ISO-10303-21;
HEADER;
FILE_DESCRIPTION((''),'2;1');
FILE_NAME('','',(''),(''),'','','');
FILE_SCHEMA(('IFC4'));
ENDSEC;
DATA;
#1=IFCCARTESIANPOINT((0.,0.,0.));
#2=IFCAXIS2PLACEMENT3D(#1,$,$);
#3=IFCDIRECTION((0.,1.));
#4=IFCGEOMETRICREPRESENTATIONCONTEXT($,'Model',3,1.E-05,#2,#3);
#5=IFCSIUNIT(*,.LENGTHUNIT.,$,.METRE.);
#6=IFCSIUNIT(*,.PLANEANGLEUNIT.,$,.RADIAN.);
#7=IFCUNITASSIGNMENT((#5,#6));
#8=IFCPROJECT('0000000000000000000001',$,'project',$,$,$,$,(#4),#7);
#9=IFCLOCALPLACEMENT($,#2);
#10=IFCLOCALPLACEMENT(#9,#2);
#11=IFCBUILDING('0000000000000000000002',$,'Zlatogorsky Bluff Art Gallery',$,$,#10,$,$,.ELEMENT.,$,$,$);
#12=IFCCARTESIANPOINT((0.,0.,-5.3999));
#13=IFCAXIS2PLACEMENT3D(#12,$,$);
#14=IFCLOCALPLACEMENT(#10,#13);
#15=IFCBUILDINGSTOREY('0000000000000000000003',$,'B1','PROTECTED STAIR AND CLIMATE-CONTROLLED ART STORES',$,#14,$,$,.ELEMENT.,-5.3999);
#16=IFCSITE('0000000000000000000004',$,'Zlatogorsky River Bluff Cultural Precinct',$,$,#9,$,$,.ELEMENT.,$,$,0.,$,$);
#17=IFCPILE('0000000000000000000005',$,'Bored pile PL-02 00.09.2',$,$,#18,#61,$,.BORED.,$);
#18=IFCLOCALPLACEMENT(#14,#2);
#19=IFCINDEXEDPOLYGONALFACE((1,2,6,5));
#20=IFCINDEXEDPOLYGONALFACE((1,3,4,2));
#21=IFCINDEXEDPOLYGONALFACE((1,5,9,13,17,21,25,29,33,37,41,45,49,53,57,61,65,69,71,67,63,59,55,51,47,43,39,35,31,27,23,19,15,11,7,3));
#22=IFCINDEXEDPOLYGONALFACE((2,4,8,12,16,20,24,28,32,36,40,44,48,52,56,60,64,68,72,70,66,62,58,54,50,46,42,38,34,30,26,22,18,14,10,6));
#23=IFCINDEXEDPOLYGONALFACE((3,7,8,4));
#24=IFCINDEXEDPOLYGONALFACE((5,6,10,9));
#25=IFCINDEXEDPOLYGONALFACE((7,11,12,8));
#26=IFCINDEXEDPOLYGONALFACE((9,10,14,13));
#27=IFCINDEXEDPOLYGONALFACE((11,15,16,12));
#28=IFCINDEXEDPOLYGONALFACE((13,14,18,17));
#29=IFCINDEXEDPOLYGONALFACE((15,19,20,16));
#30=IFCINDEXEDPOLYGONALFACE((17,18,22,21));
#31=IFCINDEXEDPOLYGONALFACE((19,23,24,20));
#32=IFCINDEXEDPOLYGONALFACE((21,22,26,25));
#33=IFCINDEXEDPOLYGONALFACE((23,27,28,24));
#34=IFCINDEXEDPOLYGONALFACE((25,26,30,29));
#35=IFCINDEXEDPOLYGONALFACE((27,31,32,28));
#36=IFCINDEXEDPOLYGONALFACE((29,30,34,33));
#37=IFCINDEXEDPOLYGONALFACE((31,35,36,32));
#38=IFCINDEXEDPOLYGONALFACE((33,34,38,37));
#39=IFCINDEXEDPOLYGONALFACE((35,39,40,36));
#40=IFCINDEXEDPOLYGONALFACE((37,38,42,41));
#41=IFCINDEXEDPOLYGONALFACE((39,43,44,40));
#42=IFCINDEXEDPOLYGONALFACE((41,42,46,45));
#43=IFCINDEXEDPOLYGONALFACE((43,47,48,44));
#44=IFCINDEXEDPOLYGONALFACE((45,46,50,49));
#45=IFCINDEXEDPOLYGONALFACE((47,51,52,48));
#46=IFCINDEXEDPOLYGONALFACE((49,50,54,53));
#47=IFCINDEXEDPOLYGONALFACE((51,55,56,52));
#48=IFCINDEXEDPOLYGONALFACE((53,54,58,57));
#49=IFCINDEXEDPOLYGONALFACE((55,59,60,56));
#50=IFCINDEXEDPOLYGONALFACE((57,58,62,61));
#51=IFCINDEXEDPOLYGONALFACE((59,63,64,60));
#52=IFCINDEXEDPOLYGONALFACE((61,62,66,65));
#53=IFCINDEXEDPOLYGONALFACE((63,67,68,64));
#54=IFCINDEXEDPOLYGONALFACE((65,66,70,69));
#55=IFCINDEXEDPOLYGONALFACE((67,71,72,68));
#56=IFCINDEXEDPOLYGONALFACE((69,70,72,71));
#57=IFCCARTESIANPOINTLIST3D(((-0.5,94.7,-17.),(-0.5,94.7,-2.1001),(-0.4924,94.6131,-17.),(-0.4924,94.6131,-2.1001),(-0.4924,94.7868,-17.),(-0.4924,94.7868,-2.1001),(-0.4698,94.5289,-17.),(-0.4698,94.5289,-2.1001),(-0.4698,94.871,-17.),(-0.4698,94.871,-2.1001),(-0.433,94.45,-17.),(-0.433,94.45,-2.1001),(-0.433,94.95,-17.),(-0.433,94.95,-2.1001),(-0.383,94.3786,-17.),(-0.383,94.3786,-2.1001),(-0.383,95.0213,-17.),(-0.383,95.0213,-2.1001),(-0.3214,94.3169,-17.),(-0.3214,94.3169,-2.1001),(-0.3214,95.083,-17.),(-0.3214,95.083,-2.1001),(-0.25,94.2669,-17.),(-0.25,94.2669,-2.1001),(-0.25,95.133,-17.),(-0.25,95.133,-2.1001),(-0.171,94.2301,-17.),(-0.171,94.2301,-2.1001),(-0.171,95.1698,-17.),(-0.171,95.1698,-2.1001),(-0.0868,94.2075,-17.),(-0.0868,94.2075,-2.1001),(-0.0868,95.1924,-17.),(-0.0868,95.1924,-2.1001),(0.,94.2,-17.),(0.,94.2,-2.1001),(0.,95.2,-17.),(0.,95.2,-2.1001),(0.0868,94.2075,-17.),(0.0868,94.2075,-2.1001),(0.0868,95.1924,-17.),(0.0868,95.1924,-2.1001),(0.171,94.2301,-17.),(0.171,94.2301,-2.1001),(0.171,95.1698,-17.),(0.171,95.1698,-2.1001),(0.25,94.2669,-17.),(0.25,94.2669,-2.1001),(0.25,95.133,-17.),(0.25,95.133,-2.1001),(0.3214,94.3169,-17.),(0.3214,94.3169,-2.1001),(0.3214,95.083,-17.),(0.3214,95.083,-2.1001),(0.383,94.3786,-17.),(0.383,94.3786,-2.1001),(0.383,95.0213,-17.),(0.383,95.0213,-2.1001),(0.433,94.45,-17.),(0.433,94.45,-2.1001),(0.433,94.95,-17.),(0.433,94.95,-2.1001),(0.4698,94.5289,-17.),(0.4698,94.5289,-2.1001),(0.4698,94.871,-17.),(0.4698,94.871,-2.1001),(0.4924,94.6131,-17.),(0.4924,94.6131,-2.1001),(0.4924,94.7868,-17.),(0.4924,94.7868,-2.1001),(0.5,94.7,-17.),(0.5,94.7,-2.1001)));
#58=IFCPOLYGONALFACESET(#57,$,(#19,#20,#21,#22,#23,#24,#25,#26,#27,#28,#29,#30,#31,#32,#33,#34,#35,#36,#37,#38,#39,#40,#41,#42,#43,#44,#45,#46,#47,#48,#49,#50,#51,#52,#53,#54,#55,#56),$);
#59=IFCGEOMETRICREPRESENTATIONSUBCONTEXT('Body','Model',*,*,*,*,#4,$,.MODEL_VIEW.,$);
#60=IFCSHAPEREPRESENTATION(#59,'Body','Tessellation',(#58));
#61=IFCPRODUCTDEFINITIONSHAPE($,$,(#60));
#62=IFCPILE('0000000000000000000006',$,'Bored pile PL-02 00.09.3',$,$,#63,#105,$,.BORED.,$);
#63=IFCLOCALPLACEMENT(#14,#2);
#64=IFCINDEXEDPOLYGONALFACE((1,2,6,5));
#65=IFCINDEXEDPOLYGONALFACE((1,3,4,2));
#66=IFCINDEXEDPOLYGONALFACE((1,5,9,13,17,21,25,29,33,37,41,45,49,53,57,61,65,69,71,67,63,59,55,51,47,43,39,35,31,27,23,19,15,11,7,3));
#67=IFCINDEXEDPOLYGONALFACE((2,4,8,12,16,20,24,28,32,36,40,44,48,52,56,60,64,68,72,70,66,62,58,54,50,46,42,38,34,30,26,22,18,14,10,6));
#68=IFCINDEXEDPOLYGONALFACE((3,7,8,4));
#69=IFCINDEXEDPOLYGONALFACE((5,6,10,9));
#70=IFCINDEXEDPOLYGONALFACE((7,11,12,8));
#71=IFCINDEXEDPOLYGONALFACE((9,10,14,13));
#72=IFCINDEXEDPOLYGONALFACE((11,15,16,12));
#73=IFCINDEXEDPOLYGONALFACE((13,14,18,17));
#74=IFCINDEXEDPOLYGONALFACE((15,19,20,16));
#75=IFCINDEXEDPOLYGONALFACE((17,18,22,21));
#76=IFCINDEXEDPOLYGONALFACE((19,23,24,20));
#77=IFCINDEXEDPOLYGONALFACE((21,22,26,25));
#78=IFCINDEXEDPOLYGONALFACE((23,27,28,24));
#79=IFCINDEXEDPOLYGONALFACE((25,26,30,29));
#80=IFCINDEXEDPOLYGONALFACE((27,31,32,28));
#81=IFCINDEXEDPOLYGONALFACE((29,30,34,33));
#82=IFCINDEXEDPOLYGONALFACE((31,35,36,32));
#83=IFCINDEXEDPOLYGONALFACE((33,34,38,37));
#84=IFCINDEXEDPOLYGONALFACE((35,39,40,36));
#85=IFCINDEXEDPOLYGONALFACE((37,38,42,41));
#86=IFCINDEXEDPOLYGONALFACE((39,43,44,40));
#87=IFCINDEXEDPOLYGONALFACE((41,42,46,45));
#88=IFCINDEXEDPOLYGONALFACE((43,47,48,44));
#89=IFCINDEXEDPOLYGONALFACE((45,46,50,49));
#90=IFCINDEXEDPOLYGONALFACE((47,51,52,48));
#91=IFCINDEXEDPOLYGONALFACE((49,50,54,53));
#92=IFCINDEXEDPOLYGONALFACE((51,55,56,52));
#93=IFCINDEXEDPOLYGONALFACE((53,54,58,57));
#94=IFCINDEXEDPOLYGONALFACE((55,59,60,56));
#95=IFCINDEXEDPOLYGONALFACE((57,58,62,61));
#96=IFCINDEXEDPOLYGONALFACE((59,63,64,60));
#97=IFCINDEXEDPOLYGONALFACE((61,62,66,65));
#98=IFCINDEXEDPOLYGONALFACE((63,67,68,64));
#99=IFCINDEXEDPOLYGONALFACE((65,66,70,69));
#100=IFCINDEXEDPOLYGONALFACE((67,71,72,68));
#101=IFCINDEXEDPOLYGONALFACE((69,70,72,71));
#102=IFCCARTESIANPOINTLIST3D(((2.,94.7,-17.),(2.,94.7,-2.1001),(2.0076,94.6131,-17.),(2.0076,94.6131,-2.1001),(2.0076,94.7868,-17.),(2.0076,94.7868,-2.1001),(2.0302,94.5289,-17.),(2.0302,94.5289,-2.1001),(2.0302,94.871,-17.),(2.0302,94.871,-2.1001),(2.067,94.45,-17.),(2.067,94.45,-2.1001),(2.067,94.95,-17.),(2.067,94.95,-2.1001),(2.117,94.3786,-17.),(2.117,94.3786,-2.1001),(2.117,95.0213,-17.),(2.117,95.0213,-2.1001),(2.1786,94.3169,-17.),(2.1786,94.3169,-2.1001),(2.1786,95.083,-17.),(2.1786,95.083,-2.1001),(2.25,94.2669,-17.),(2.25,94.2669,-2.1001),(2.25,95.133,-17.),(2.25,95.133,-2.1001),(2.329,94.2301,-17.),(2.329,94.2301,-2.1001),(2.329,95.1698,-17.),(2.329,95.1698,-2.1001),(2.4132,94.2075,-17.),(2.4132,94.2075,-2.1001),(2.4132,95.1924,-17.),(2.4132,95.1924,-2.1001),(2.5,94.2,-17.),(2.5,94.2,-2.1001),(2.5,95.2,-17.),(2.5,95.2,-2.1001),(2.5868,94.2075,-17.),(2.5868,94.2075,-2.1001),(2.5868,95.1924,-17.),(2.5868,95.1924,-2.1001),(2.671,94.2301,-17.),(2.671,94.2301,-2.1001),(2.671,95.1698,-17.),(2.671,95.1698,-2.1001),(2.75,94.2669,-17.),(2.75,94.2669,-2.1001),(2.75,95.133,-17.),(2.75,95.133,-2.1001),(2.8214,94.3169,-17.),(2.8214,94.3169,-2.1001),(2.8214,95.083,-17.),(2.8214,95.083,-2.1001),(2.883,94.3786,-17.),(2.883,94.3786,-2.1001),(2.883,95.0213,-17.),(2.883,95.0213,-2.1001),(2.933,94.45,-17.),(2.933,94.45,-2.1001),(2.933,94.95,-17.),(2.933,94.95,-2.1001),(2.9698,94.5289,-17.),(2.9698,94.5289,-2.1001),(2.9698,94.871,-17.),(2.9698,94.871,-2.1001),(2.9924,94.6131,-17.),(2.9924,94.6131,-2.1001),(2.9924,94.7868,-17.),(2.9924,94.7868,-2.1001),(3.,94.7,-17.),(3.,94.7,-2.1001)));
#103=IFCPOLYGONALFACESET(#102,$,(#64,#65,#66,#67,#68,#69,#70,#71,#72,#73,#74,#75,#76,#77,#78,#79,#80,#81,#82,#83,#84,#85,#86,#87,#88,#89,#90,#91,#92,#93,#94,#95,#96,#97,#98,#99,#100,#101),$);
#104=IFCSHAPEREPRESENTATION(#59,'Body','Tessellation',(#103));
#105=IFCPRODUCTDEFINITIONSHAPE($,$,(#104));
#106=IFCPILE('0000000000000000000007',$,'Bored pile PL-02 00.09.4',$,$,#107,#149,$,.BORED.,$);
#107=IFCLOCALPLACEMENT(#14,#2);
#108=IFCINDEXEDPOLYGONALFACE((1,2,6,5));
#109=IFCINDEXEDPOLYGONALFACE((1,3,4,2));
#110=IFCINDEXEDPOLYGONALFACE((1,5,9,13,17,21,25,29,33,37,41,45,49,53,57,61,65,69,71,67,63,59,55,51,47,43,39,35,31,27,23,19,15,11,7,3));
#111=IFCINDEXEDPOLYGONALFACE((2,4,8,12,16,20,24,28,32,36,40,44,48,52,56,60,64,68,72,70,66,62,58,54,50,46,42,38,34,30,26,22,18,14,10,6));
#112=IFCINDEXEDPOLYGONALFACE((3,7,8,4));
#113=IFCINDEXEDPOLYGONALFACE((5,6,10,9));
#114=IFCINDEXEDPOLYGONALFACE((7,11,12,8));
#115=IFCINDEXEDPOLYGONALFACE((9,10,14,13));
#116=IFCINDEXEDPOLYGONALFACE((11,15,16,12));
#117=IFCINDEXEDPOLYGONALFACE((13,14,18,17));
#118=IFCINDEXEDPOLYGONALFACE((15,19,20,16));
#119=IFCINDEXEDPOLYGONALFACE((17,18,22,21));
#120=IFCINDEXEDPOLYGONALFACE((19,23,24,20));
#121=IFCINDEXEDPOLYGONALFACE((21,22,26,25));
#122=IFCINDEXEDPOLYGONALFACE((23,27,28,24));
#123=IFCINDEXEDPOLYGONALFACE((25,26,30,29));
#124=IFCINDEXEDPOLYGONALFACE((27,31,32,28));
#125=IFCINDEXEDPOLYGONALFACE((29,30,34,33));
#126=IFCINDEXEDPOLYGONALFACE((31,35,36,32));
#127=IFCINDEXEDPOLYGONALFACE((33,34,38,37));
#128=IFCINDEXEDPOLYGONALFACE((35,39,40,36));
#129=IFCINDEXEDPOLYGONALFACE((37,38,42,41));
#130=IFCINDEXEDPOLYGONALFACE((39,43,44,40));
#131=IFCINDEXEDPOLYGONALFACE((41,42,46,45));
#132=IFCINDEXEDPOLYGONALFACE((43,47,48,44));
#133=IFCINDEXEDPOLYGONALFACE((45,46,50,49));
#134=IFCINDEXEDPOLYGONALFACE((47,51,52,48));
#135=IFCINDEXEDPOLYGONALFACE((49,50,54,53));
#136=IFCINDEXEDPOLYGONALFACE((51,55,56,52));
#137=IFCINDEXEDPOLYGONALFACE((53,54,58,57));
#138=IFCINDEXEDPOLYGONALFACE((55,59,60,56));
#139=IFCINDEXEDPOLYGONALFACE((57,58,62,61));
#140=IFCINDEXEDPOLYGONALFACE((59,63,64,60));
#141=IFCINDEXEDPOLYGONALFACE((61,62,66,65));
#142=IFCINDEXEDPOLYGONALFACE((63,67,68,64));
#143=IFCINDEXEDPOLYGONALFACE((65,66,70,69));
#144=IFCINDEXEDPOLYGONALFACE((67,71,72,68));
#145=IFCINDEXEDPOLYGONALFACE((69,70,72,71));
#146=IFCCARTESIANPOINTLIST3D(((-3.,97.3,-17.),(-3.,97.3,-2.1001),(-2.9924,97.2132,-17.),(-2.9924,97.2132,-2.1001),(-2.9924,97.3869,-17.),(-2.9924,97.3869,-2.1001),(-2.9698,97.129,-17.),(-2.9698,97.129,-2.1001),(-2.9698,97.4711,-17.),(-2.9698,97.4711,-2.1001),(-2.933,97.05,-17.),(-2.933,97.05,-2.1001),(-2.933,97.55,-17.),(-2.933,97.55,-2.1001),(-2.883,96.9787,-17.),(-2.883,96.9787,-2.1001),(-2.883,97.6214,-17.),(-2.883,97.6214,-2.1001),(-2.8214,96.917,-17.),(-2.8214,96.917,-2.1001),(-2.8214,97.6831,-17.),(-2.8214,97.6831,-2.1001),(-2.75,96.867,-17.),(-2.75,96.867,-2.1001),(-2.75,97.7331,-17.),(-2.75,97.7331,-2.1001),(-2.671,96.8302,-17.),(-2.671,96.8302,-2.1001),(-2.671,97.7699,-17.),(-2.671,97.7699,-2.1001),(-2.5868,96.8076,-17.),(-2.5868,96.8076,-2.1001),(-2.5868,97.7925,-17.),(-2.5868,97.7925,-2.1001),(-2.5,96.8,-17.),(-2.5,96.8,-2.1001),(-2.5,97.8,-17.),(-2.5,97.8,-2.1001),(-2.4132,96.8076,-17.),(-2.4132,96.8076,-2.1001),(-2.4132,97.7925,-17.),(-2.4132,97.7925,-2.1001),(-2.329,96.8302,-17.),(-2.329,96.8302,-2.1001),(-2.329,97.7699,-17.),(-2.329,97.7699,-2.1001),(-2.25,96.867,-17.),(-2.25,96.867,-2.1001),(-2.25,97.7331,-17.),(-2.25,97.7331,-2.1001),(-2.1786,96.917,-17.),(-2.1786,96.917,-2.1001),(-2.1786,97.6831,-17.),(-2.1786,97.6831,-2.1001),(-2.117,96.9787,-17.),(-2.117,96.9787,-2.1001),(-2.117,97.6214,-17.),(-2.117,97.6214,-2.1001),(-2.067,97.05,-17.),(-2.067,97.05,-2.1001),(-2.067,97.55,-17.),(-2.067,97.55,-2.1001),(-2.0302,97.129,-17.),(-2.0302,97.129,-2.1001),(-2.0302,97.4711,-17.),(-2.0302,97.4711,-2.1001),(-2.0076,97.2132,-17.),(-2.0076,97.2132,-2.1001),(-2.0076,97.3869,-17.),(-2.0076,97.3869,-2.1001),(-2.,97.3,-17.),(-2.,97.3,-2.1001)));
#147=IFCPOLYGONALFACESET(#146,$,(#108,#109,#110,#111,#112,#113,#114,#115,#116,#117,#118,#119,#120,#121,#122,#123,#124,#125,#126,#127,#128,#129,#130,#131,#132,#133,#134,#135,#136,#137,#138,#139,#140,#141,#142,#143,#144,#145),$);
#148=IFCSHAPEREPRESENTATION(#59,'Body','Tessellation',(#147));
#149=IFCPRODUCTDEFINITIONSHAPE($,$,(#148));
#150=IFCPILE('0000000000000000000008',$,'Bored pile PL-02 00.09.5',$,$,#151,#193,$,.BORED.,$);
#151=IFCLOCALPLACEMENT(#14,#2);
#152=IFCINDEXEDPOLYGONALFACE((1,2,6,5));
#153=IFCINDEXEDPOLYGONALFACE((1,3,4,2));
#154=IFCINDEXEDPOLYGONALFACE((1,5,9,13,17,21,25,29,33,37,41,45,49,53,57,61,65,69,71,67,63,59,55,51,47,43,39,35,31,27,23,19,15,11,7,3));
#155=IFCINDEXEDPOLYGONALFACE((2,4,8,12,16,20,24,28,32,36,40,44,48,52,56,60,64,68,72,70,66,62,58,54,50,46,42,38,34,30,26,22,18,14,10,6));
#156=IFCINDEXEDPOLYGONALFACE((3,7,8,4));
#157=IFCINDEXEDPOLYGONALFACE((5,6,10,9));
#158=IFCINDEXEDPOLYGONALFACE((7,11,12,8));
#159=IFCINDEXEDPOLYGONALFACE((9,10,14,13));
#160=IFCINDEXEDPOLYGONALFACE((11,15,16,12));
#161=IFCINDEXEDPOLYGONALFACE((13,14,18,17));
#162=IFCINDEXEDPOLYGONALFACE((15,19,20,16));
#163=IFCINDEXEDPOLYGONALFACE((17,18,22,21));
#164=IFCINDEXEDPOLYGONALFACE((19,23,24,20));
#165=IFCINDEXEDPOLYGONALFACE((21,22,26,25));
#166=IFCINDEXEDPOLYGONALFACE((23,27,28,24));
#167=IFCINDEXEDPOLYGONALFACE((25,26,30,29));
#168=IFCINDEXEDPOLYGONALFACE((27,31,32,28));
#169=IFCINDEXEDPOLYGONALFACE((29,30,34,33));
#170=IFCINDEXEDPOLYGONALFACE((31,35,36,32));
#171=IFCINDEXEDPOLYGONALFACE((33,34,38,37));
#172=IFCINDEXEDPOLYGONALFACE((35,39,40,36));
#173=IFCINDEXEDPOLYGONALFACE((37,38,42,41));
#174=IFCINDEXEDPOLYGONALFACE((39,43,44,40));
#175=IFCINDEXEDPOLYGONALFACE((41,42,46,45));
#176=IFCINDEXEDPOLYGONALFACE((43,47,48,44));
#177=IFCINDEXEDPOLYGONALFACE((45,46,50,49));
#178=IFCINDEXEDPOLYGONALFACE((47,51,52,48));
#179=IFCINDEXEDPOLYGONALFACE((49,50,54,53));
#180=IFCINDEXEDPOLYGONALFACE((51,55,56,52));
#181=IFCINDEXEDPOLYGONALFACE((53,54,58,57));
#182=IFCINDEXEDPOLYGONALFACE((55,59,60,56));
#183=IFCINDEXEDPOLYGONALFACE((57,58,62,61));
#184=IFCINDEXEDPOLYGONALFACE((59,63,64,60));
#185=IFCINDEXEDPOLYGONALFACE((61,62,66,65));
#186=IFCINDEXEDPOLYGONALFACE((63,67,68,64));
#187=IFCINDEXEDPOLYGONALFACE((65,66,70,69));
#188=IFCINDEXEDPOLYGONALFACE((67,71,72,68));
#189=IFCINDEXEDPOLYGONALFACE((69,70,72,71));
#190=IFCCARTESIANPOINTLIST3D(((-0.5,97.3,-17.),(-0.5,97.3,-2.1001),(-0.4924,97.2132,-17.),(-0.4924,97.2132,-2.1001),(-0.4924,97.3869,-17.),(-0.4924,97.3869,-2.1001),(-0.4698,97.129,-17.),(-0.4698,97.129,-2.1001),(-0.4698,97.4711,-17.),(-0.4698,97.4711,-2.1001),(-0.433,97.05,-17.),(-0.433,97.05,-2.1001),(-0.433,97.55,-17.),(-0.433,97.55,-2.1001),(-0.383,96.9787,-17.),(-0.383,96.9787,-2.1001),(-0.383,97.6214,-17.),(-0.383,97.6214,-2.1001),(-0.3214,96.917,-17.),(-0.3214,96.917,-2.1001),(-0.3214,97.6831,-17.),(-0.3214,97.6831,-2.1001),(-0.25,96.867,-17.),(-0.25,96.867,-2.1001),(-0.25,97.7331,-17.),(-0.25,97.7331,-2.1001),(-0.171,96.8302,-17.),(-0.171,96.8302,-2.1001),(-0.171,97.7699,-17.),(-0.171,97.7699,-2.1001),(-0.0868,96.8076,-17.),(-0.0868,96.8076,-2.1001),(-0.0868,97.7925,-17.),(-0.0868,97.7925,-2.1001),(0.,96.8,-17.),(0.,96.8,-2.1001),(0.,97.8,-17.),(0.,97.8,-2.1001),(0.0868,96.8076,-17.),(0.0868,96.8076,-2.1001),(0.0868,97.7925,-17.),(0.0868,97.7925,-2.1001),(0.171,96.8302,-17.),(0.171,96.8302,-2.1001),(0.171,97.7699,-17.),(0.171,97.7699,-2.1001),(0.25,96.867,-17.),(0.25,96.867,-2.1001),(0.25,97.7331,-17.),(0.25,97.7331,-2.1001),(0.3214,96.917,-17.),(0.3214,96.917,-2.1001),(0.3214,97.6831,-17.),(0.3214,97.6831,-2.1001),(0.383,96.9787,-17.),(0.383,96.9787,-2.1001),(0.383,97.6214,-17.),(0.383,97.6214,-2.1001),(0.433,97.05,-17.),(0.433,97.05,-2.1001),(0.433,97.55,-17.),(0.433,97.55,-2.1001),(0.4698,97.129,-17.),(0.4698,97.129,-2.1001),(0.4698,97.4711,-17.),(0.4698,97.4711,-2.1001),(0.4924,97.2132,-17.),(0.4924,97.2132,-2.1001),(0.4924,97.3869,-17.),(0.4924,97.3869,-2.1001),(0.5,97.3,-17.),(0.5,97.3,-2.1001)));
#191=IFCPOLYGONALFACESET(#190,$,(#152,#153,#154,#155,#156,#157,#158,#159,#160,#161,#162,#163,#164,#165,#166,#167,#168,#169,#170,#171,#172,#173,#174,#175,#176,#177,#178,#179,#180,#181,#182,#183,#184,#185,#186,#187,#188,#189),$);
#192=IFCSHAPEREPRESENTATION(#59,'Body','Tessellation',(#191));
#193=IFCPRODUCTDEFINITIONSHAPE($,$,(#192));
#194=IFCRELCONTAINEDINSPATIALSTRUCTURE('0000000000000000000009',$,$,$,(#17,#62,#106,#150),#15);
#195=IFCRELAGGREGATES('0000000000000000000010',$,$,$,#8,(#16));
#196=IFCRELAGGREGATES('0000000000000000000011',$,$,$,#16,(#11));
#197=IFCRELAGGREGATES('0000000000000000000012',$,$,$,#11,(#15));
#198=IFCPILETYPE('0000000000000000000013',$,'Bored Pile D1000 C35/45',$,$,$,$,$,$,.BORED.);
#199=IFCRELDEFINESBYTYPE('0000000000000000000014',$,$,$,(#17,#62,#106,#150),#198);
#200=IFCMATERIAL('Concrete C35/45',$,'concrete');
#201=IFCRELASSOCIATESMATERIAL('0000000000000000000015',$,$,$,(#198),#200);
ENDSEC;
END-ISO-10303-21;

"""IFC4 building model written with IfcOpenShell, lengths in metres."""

from ifc_helpers import new_model, si_unit, direction, frame, origin, origin_2d, place, context, subcontext, project, spatial, circle, extrude, material, material_profile, profile_set, type_object, element, save


model = new_model("IFC4")

# Units and contexts
model_context = context("Model", 3, precision=1e-05, world=origin(), true_north=direction((0.0, 1.0)))
body_context = subcontext(model_context, "Body", "Model", "MODEL_VIEW")
ifc_project = project(units=[si_unit("LENGTHUNIT", "METRE"), si_unit("PLANEANGLEUNIT", "RADIAN")], contexts=[model_context])

# Site, building, storey
site_placement = place(None, origin())
site = spatial("IfcSite", under=ifc_project, at=site_placement, Name="Zlatogorsky River Bluff Cultural Precinct", CompositionType="ELEMENT", RefElevation=0.0)
building_placement = place(site_placement, origin())
building = spatial("IfcBuilding", under=site, at=building_placement, Name="Zlatogorsky Bluff Art Gallery", CompositionType="ELEMENT")
storey_placement = place(building_placement, frame((0.0, 0.0, -5.3999)))
storey = spatial("IfcBuildingStorey", under=building, at=storey_placement, Name="B1", Description="PROTECTED STAIR AND CLIMATE-CONTROLLED ART STORES", CompositionType="ELEMENT", Elevation=-5.3999)

# Piles
ifc_material_1 = material(Name="Concrete C35/45", Category="concrete")
ifc_material_profile_1 = material_profile(ifc_material_1, circle(Radius=0.5, at=origin_2d()), Name="BORED PILE D1000")
ifc_profile_set_1 = profile_set([ifc_material_profile_1], Name="Concrete C35/45")
pile_type = type_object("IfcPileType", Name="Bored Pile D1000 C35/45", PredefinedType="BORED", material=ifc_profile_set_1)
for number, where, z_axis, x_axis, name in (
    (1, (0.0, 94.7, -2.1001), (0.0, 0.0, -1.0), (1.0, 0.0, 0.0), "Bored pile PL-02 00.09.2"),
    (2, (2.5, 94.7, -2.1001), (0.0, 0.0, -1.0), (1.0, 0.0, 0.0), "Bored pile PL-02 00.09.3"),
    (3, (-2.5, 97.3, -2.1001), (0.0, 0.0, -1.0), (1.0, 0.0, 0.0), "Bored pile PL-02 00.09.4"),
    (4, (0.0, 97.3, -2.1001), (0.0, 0.0, -1.0), (1.0, 0.0, 0.0), "Bored pile PL-02 00.09.5"),
):
    element("IfcPile", number, at=place(storey_placement, frame(where, z_axis=z_axis, x_axis=x_axis)), inside=storey, type_object=pile_type, Name=name, PredefinedType="BORED", context=body_context, shape_type="SweptSolid", body=[
        extrude(circle(Radius=0.5, at=origin_2d()), origin(), (0.0, 0.0, 1.0), 14.8999),
    ])

save(model, "model.ifc")
